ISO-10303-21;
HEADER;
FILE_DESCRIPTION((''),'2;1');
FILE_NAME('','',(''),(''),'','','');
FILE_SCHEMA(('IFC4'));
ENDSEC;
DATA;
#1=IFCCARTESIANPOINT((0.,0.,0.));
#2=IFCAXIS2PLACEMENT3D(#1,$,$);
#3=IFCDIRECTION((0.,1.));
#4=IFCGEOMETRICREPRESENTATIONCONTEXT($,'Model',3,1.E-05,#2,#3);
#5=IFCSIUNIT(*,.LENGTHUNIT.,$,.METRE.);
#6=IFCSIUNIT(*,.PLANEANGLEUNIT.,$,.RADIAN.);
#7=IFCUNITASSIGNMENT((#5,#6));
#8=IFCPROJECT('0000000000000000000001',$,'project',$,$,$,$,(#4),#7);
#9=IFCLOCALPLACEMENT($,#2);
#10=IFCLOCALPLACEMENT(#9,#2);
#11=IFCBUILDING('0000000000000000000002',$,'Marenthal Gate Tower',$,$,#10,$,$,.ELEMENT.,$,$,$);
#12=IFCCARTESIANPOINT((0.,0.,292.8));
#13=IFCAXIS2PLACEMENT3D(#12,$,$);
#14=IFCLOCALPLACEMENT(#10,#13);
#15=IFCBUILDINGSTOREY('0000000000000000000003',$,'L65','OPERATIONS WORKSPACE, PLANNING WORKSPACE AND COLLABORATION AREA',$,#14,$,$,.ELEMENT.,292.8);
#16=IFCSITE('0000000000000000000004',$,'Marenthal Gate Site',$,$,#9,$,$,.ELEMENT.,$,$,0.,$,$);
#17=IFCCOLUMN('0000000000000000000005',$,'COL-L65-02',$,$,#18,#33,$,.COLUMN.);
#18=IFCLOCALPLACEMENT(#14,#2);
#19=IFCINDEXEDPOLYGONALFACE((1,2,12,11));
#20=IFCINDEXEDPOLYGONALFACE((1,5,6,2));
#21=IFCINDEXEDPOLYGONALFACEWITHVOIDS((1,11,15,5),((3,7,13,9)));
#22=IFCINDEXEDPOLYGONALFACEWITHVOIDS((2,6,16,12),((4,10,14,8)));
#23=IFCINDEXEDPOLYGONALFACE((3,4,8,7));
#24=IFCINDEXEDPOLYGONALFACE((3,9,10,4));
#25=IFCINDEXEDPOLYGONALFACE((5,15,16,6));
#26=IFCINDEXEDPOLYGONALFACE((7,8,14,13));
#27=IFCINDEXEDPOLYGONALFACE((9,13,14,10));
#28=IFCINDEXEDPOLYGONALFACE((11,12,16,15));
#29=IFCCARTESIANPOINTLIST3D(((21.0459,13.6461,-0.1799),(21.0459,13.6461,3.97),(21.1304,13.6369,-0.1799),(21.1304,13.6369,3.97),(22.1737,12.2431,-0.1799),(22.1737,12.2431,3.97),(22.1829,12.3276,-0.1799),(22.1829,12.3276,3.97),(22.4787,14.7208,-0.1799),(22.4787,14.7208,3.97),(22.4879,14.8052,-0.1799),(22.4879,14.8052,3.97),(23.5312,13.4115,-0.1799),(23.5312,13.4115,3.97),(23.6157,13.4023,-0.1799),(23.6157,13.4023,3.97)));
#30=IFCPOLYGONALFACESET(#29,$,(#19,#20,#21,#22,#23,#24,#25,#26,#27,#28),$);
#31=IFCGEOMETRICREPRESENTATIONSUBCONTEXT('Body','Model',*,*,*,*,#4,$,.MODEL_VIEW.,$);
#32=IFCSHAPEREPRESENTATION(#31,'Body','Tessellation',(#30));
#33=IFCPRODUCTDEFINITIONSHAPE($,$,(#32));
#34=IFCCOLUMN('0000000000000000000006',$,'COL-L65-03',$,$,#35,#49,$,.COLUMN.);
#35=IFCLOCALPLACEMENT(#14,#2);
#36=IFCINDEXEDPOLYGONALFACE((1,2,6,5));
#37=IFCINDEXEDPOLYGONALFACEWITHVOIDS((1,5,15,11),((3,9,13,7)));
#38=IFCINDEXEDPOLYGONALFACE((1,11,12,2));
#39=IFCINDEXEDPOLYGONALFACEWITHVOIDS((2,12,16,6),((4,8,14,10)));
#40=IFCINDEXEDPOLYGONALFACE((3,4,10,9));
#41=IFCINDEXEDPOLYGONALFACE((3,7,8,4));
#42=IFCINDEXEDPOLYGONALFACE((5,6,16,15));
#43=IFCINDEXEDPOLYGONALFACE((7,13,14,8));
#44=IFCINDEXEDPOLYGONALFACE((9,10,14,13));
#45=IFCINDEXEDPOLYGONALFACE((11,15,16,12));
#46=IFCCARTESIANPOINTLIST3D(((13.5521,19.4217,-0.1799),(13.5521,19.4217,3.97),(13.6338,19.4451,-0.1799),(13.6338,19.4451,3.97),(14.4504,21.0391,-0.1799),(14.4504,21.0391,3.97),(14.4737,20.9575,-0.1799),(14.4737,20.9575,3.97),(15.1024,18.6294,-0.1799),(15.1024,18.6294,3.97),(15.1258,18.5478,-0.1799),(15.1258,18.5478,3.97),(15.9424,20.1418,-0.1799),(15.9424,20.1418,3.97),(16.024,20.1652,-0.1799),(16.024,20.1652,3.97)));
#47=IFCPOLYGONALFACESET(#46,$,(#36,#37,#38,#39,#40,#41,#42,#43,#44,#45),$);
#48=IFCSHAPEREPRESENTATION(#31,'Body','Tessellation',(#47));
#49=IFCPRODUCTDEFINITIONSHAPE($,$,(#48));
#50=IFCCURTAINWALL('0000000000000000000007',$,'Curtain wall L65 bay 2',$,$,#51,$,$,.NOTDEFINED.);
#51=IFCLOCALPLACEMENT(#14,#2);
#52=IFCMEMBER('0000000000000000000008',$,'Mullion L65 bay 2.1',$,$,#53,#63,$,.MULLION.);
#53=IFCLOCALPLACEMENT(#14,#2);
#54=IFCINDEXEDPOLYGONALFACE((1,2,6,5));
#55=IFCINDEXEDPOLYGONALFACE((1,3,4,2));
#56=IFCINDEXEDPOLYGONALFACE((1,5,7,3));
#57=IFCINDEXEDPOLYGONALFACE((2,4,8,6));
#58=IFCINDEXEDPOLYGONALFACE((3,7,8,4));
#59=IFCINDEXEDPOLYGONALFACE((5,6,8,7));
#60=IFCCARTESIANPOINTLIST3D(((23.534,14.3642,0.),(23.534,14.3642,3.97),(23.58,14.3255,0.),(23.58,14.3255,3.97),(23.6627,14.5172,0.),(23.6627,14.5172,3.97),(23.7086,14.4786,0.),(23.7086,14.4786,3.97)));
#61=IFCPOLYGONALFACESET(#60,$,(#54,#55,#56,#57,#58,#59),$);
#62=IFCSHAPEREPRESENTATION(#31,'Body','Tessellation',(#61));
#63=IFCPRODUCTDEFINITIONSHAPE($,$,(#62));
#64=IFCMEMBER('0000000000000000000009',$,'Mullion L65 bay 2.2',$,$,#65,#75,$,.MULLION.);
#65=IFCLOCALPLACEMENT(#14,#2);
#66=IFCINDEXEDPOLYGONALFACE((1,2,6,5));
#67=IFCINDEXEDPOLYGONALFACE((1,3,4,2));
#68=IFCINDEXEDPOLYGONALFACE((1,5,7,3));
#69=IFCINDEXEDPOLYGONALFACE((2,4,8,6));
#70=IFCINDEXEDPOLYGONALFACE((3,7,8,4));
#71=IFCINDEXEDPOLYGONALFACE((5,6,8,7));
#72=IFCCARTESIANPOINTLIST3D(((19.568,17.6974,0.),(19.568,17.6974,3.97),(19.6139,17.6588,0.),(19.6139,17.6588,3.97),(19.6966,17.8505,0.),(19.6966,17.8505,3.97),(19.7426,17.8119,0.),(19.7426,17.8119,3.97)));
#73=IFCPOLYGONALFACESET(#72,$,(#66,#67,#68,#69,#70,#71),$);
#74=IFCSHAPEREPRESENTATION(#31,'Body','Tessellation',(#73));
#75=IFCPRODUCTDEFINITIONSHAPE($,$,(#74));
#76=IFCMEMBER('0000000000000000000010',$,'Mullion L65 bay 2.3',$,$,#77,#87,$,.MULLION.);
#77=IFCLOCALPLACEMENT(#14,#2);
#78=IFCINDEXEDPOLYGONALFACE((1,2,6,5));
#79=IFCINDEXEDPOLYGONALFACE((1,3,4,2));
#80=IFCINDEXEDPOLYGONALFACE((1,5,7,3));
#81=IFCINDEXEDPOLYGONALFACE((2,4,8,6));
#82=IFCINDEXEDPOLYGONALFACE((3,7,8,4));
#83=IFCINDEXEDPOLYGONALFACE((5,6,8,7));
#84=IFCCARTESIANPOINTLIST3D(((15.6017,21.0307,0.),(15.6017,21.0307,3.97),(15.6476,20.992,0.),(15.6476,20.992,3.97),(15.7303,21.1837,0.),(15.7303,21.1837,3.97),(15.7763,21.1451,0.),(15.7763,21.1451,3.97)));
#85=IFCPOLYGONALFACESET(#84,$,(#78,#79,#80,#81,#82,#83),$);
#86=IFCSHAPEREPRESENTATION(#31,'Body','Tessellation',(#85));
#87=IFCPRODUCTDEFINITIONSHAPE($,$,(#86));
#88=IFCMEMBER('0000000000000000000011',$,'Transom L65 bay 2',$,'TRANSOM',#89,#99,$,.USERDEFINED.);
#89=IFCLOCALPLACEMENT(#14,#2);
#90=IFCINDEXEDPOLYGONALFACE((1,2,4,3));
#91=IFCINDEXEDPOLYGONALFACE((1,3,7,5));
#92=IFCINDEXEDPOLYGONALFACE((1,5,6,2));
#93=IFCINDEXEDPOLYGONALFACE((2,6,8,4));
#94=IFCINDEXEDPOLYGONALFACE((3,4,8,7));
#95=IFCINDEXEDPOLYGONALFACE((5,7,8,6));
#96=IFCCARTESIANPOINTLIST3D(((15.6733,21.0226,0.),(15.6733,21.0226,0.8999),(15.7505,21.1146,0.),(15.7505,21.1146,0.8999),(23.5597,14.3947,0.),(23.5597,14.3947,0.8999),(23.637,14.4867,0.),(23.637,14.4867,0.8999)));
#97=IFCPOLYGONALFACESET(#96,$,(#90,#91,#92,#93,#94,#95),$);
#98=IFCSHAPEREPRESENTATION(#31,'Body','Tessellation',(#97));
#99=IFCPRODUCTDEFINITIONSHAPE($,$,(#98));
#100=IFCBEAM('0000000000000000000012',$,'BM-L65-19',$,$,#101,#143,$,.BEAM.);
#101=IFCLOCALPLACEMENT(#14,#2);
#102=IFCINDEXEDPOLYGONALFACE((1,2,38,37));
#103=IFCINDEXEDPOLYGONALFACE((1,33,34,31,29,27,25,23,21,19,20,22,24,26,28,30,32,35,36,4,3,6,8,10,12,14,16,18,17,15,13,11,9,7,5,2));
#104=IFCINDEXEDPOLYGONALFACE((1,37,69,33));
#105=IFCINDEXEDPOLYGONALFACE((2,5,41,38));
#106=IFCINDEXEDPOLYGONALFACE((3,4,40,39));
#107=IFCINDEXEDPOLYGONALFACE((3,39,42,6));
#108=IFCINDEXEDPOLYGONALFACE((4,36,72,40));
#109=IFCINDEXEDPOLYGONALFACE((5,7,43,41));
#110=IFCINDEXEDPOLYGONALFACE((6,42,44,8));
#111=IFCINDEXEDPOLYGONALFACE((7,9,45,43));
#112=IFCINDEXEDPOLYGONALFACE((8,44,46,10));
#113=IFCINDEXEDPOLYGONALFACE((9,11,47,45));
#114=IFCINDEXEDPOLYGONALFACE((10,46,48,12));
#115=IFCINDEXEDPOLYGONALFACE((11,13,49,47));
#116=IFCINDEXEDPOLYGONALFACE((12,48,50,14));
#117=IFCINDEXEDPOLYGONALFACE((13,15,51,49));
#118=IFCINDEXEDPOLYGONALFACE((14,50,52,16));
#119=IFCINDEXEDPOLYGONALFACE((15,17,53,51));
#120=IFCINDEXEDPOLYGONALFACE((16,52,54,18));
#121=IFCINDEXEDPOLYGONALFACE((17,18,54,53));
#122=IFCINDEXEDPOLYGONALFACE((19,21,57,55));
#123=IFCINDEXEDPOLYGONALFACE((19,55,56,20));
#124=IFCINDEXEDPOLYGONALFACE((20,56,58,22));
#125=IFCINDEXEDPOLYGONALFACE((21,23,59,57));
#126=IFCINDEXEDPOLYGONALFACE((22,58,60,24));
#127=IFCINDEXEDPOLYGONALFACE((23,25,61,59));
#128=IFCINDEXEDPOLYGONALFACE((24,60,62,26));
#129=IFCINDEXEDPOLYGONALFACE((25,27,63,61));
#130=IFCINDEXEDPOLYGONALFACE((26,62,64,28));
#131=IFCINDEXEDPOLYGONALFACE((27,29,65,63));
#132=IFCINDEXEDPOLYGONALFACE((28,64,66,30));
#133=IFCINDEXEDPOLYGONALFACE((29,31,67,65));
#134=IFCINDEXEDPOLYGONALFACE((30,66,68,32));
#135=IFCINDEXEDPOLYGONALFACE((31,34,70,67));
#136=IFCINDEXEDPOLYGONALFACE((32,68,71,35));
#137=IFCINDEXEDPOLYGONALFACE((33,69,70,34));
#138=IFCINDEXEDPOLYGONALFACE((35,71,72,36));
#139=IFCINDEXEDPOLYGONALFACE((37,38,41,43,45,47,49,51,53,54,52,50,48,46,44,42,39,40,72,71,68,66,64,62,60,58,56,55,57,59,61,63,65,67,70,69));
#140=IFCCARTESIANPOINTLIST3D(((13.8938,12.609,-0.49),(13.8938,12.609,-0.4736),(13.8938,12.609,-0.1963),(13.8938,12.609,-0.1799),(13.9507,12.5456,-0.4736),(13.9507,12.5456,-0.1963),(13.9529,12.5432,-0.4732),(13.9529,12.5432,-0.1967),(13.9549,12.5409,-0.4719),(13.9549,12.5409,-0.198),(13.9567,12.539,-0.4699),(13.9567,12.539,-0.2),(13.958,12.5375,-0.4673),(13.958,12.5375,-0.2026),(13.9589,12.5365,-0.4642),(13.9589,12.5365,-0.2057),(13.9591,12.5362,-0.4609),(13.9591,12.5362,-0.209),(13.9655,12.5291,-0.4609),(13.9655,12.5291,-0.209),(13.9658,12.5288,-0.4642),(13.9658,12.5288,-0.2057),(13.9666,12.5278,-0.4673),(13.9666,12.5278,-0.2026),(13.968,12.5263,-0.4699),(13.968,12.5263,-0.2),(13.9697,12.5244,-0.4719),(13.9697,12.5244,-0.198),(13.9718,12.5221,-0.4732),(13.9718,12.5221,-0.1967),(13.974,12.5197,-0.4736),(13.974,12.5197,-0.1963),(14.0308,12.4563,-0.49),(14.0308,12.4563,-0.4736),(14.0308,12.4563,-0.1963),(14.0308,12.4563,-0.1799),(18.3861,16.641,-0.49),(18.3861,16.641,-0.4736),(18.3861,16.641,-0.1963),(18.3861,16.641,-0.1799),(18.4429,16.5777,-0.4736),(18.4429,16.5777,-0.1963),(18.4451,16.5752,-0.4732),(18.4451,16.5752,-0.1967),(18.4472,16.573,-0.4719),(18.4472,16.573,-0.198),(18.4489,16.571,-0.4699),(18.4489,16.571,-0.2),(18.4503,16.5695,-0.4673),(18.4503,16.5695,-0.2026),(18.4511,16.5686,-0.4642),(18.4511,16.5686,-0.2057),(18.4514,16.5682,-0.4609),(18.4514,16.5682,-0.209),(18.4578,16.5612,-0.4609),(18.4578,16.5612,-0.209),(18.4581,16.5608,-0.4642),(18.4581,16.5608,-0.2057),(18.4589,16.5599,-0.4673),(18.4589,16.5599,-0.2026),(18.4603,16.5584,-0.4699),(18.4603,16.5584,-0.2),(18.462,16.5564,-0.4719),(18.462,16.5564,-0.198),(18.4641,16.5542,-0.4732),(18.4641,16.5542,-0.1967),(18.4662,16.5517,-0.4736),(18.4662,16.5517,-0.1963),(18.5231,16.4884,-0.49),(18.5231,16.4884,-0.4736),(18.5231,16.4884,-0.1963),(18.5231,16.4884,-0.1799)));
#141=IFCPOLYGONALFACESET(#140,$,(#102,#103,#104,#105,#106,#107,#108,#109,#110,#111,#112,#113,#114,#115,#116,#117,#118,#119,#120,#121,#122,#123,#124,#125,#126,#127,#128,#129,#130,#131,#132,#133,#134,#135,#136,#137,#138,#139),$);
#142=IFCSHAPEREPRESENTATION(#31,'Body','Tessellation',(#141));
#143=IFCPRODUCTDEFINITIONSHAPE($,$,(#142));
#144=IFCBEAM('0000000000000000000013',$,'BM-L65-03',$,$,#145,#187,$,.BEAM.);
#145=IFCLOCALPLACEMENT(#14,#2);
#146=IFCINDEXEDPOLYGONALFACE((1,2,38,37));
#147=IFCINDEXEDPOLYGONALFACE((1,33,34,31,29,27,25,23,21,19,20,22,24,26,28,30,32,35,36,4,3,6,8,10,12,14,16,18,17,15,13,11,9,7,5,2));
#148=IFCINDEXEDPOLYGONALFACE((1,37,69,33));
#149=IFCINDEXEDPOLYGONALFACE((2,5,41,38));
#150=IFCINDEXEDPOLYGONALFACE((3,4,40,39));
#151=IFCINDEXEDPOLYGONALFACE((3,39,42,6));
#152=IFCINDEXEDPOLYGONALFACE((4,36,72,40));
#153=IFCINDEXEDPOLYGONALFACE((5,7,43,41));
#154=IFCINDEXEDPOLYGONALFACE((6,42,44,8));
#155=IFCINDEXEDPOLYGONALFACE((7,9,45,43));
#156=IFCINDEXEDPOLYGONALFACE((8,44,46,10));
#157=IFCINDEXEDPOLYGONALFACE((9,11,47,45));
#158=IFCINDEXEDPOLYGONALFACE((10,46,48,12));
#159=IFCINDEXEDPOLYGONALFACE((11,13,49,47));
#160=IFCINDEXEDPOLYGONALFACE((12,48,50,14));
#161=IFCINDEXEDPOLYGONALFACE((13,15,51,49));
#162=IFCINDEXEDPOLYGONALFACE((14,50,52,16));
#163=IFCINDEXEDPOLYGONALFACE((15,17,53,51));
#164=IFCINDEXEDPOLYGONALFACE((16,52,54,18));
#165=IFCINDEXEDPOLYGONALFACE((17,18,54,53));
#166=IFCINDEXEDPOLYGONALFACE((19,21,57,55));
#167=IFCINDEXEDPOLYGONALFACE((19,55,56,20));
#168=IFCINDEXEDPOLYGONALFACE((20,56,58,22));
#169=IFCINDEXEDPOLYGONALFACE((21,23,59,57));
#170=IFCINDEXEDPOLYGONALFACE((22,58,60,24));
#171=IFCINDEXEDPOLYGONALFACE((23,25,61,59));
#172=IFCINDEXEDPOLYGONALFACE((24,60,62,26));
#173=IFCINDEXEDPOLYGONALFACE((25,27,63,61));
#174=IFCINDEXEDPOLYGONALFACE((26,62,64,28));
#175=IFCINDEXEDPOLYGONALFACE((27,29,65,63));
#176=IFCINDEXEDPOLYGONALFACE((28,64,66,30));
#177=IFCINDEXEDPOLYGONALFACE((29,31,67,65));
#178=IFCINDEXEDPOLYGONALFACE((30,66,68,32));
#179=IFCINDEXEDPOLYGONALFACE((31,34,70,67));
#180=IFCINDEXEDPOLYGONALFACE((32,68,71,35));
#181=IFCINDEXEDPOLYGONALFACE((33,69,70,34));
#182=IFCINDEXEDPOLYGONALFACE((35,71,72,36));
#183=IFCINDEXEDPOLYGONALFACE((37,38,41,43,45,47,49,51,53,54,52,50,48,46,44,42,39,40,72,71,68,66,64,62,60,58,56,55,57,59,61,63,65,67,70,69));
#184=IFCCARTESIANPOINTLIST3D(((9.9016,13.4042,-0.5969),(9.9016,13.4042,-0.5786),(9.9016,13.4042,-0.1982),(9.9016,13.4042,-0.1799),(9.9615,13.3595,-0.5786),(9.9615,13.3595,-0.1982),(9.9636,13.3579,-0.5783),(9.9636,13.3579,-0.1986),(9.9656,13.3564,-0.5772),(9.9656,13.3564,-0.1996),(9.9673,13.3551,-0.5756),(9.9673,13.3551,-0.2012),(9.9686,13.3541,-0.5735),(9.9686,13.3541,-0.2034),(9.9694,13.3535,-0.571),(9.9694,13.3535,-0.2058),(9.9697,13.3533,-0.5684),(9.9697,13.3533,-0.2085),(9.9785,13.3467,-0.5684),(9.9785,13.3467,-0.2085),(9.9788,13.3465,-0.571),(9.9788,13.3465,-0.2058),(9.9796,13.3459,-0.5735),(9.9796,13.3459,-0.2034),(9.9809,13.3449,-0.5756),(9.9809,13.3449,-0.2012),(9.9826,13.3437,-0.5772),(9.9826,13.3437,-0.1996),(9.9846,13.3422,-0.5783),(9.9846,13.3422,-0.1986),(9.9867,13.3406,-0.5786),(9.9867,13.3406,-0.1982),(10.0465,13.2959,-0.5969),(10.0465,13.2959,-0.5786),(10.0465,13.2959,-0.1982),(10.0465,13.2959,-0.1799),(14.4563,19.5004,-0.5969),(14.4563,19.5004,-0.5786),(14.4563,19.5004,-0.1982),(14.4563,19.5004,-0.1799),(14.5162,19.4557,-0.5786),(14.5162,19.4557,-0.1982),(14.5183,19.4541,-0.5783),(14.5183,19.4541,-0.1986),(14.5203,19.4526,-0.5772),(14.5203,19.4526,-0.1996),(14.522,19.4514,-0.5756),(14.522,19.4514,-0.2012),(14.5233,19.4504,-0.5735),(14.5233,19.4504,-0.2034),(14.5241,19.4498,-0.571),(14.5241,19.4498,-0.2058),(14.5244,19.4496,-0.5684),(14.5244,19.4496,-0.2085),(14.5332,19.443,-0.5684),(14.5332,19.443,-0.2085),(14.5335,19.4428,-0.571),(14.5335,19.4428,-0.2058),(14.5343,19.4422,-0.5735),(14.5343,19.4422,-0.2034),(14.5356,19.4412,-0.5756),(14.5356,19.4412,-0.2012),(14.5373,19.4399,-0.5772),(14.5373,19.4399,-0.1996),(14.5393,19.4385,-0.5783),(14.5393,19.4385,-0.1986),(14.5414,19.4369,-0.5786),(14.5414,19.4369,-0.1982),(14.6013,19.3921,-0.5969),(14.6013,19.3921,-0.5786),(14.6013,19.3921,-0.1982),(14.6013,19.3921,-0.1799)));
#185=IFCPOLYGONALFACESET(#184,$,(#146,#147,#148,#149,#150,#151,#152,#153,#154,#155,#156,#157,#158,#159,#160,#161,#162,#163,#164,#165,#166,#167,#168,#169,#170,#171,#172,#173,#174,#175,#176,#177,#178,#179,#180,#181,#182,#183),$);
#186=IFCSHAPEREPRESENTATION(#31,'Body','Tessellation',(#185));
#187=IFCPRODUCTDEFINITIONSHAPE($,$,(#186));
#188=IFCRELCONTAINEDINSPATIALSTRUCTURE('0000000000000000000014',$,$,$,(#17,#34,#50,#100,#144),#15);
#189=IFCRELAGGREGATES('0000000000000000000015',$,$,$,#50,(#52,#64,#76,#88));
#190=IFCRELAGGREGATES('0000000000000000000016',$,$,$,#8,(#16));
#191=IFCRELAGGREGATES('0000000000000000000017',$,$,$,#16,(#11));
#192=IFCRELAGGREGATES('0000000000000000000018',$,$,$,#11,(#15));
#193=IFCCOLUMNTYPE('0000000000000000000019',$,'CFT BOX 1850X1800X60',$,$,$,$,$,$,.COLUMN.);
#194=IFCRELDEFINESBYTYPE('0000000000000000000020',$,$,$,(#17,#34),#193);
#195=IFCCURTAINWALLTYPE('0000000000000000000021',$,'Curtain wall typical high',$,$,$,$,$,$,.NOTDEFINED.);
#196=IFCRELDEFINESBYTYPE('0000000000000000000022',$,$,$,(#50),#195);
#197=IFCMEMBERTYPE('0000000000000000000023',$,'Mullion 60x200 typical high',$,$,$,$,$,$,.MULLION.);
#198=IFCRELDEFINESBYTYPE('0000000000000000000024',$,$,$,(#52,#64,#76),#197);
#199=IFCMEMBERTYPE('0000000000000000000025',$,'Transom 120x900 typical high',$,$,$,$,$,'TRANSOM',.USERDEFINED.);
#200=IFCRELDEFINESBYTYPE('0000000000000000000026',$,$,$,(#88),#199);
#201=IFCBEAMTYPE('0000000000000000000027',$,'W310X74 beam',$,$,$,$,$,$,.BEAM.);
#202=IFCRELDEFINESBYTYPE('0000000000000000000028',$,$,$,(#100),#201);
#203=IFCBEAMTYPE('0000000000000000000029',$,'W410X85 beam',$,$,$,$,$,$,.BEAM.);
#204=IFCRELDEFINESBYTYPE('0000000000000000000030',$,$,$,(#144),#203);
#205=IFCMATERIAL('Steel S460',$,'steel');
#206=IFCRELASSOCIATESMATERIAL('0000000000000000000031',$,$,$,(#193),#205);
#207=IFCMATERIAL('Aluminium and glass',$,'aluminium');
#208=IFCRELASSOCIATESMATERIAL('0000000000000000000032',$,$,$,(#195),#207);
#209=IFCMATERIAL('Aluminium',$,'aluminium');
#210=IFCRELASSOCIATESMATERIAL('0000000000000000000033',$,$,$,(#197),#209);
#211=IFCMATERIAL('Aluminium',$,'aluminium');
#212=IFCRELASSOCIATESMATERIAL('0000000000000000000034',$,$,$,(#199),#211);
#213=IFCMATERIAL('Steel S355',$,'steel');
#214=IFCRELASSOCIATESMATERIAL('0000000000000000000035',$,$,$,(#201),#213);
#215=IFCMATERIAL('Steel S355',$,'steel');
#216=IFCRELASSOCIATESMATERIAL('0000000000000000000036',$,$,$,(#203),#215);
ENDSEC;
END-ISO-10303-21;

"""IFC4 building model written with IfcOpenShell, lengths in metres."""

from ifc_helpers import new_model, si_unit, direction, frame, origin, origin_2d, place, context, subcontext, project, spatial, rectangle, hollow_rectangle, i_section, extrude, material, material_profile, profile_set, type_object, element, aggregate, save


model = new_model("IFC4")

# Units and contexts
model_context = context("Model", 3, precision=1e-05, world=origin(), true_north=direction((0.0, 1.0)))
body_context = subcontext(model_context, "Body", "Model", "MODEL_VIEW")
ifc_project = project(units=[si_unit("LENGTHUNIT", "METRE"), si_unit("PLANEANGLEUNIT", "RADIAN")], contexts=[model_context])

# Site, building, storey
site_placement = place(None, origin())
site = spatial("IfcSite", under=ifc_project, at=site_placement, Name="Marenthal Gate Site", CompositionType="ELEMENT", RefElevation=0.0)
building_placement = place(site_placement, origin())
building = spatial("IfcBuilding", under=site, at=building_placement, Name="Marenthal Gate Tower", CompositionType="ELEMENT")
storey_placement = place(building_placement, frame((0.0, 0.0, 292.8)))
storey = spatial("IfcBuildingStorey", under=building, at=storey_placement, Name="L65", Description="OPERATIONS WORKSPACE, PLANNING WORKSPACE AND COLLABORATION AREA", CompositionType="ELEMENT", Elevation=292.8)

# Columns
ifc_material_1 = material(Name="Steel S460", Category="steel")
ifc_material_profile_1 = material_profile(ifc_material_1, hollow_rectangle(XDim=1.8, YDim=1.8501, WallThickness=0.0601, at=origin_2d()), Name="CFT BOX 1850X1800X60")
ifc_material_2 = material(Name="Concrete 70 MPa", Category="concrete")
ifc_material_profile_2 = material_profile(ifc_material_2, rectangle(XDim=1.6799, YDim=1.73, at=origin_2d()), Name="CFT BOX 1850X1800X60 INFILL")
ifc_profile_set_1 = profile_set([ifc_material_profile_1, ifc_material_profile_2], Name="Steel S460 shell, Concrete 70 MPa infill")
column_type = type_object("IfcColumnType", Name="CFT BOX 1850X1800X60", PredefinedType="COLUMN", material=ifc_profile_set_1)
for number, where, z_axis, x_axis, name in (
    (1, (22.3308, 13.5242, -0.1799), (0.0, 0.0, 1.0), (0.62654, -0.779389, 0.0), "COL-L65-02"),
    (2, (14.7881, 19.7935, -0.1799), (0.0, 0.0, 1.0), (0.874222, -0.485527, 0.0), "COL-L65-03"),
):
    element("IfcColumn", number, at=place(storey_placement, frame(where, z_axis=z_axis, x_axis=x_axis)), inside=storey, type_object=column_type, Name=name, PredefinedType="COLUMN", context=body_context, shape_type="SweptSolid", body=[
        extrude(hollow_rectangle(XDim=1.8, YDim=1.8501, WallThickness=0.0601, at=origin_2d()), origin(), (0.0, 0.0, 1.0), 4.1499),
    ])

# Curtain wall, members
ifc_material_3 = material(Name="Aluminium and glass", Category="aluminium")
curtain_wall_type = type_object("IfcCurtainWallType", Name="Curtain wall typical high", PredefinedType="NOTDEFINED", material=ifc_material_3)
curtain_wall_placement = place(storey_placement, origin())
curtain_wall = element("IfcCurtainWall", 3, at=curtain_wall_placement, inside=storey, type_object=curtain_wall_type, Name="Curtain wall L65 bay 2", PredefinedType="NOTDEFINED")
ifc_material_4 = material(Name="Aluminium", Category="aluminium")
ifc_material_profile_3 = material_profile(ifc_material_4, rectangle(XDim=0.2, YDim=0.0601, at=origin_2d()), Name="60x200 aluminium mullion")
ifc_profile_set_2 = profile_set([ifc_material_profile_3], Name="Aluminium")
member_type_1 = type_object("IfcMemberType", Name="Mullion 60x200 typical high", PredefinedType="MULLION", material=ifc_profile_set_2)
member_1_placement = place(storey_placement, frame((23.6213, 14.4214, 0.0), z_axis=(0.0, 0.0, 1.0), x_axis=(-0.64338, -0.765547, 0.0)))
member_1 = element("IfcMember", 4, at=member_1_placement, type_object=member_type_1, Name="Mullion L65 bay 2.1", PredefinedType="MULLION", context=body_context, shape_type="SweptSolid", body=[
    extrude(rectangle(XDim=0.2, YDim=0.0601, at=origin_2d()), origin(), (0.0, 0.0, 1.0), 3.97),
])
member_2_placement = place(storey_placement, frame((19.6553, 17.7546, 0.0), z_axis=(0.0, 0.0, 1.0), x_axis=(-0.64338, -0.765547, 0.0)))
member_2 = element("IfcMember", 5, at=member_2_placement, type_object=member_type_1, Name="Mullion L65 bay 2.2", PredefinedType="MULLION", context=body_context, shape_type="SweptSolid", body=[
    extrude(rectangle(XDim=0.2, YDim=0.0601, at=origin_2d()), origin(), (0.0, 0.0, 1.0), 3.97),
])
member_3_placement = place(storey_placement, frame((15.689, 21.0879, 0.0), z_axis=(0.0, 0.0, 1.0), x_axis=(-0.64338, -0.765547, 0.0)))
member_3 = element("IfcMember", 6, at=member_3_placement, type_object=member_type_1, Name="Mullion L65 bay 2.3", PredefinedType="MULLION", context=body_context, shape_type="SweptSolid", body=[
    extrude(rectangle(XDim=0.2, YDim=0.0601, at=origin_2d()), origin(), (0.0, 0.0, 1.0), 3.97),
])
ifc_material_5 = material(Name="Aluminium", Category="aluminium")
ifc_material_profile_4 = material_profile(ifc_material_5, rectangle(XDim=0.1201, YDim=0.8999, at=origin_2d()), Name="120x900 aluminium transom")
ifc_profile_set_3 = profile_set([ifc_material_profile_4], Name="Aluminium")
member_type_2 = type_object("IfcMemberType", Name="Transom 120x900 typical high", ElementType="TRANSOM", PredefinedType="USERDEFINED", material=ifc_profile_set_3)
member_4_placement = place(storey_placement, frame((23.5984, 14.4407, 0.45), z_axis=(-0.765548, 0.643379, 0.0), x_axis=(-0.643379, -0.765548, 0.0)))
member_4 = element("IfcMember", 7, at=member_4_placement, type_object=member_type_2, Name="Transom L65 bay 2", ObjectType="TRANSOM", PredefinedType="USERDEFINED", context=body_context, shape_type="SweptSolid", body=[
    extrude(rectangle(XDim=0.1201, YDim=0.8999, at=origin_2d()), origin(), (0.0, 0.0, 1.0), 10.3018),
])

# Beams
ifc_material_6 = material(Name="Steel S355", Category="steel")
ifc_material_profile_5 = material_profile(ifc_material_6, i_section(OverallWidth=0.2051, OverallDepth=0.3101, WebThickness=0.0095, FlangeThickness=0.0164, FilletRadius=0.0127, at=origin_2d()), Name="W310X74")
ifc_profile_set_4 = profile_set([ifc_material_profile_5], Name="Steel S355")
beam_type_1 = type_object("IfcBeamType", Name="W310X74 beam", PredefinedType="BEAM", material=ifc_profile_set_4)
beam_1_placement = place(storey_placement, frame((18.4546, 16.5647, -0.335), z_axis=(-0.744198, -0.667959, 0.0), x_axis=(0.667959, -0.744198, 0.0)))
element("IfcBeam", 8, at=beam_1_placement, inside=storey, type_object=beam_type_1, Name="BM-L65-19", PredefinedType="BEAM", context=body_context, shape_type="SweptSolid", body=[
    extrude(i_section(OverallWidth=0.2051, OverallDepth=0.3101, WebThickness=0.0095, FlangeThickness=0.0164, FilletRadius=0.0127, at=origin_2d()), origin(), (0.0, 0.0, 1.0), 6.0364),
])
ifc_material_7 = material(Name="Steel S355", Category="steel")
ifc_material_profile_6 = material_profile(ifc_material_7, i_section(OverallWidth=0.1809, OverallDepth=0.417, WebThickness=0.011, FlangeThickness=0.0183, FilletRadius=0.0103, at=origin_2d()), Name="W410X85")
ifc_profile_set_5 = profile_set([ifc_material_profile_6], Name="Steel S355")
beam_type_2 = type_object("IfcBeamType", Name="W410X85 beam", PredefinedType="BEAM", material=ifc_profile_set_5)
beam_2_placement = place(storey_placement, frame((14.5288, 19.4463, -0.3884), z_axis=(-0.598531, -0.8011, 0.0), x_axis=(0.8011, -0.598531, 0.0)))
element("IfcBeam", 9, at=beam_2_placement, inside=storey, type_object=beam_type_2, Name="BM-L65-03", PredefinedType="BEAM", context=body_context, shape_type="SweptSolid", body=[
    extrude(i_section(OverallWidth=0.1809, OverallDepth=0.417, WebThickness=0.011, FlangeThickness=0.0183, FilletRadius=0.0103, at=origin_2d()), origin(), (0.0, 0.0, 1.0), 7.6099),
])

aggregate(curtain_wall, [member_1, member_2, member_3, member_4])

save(model, "model.ifc")
